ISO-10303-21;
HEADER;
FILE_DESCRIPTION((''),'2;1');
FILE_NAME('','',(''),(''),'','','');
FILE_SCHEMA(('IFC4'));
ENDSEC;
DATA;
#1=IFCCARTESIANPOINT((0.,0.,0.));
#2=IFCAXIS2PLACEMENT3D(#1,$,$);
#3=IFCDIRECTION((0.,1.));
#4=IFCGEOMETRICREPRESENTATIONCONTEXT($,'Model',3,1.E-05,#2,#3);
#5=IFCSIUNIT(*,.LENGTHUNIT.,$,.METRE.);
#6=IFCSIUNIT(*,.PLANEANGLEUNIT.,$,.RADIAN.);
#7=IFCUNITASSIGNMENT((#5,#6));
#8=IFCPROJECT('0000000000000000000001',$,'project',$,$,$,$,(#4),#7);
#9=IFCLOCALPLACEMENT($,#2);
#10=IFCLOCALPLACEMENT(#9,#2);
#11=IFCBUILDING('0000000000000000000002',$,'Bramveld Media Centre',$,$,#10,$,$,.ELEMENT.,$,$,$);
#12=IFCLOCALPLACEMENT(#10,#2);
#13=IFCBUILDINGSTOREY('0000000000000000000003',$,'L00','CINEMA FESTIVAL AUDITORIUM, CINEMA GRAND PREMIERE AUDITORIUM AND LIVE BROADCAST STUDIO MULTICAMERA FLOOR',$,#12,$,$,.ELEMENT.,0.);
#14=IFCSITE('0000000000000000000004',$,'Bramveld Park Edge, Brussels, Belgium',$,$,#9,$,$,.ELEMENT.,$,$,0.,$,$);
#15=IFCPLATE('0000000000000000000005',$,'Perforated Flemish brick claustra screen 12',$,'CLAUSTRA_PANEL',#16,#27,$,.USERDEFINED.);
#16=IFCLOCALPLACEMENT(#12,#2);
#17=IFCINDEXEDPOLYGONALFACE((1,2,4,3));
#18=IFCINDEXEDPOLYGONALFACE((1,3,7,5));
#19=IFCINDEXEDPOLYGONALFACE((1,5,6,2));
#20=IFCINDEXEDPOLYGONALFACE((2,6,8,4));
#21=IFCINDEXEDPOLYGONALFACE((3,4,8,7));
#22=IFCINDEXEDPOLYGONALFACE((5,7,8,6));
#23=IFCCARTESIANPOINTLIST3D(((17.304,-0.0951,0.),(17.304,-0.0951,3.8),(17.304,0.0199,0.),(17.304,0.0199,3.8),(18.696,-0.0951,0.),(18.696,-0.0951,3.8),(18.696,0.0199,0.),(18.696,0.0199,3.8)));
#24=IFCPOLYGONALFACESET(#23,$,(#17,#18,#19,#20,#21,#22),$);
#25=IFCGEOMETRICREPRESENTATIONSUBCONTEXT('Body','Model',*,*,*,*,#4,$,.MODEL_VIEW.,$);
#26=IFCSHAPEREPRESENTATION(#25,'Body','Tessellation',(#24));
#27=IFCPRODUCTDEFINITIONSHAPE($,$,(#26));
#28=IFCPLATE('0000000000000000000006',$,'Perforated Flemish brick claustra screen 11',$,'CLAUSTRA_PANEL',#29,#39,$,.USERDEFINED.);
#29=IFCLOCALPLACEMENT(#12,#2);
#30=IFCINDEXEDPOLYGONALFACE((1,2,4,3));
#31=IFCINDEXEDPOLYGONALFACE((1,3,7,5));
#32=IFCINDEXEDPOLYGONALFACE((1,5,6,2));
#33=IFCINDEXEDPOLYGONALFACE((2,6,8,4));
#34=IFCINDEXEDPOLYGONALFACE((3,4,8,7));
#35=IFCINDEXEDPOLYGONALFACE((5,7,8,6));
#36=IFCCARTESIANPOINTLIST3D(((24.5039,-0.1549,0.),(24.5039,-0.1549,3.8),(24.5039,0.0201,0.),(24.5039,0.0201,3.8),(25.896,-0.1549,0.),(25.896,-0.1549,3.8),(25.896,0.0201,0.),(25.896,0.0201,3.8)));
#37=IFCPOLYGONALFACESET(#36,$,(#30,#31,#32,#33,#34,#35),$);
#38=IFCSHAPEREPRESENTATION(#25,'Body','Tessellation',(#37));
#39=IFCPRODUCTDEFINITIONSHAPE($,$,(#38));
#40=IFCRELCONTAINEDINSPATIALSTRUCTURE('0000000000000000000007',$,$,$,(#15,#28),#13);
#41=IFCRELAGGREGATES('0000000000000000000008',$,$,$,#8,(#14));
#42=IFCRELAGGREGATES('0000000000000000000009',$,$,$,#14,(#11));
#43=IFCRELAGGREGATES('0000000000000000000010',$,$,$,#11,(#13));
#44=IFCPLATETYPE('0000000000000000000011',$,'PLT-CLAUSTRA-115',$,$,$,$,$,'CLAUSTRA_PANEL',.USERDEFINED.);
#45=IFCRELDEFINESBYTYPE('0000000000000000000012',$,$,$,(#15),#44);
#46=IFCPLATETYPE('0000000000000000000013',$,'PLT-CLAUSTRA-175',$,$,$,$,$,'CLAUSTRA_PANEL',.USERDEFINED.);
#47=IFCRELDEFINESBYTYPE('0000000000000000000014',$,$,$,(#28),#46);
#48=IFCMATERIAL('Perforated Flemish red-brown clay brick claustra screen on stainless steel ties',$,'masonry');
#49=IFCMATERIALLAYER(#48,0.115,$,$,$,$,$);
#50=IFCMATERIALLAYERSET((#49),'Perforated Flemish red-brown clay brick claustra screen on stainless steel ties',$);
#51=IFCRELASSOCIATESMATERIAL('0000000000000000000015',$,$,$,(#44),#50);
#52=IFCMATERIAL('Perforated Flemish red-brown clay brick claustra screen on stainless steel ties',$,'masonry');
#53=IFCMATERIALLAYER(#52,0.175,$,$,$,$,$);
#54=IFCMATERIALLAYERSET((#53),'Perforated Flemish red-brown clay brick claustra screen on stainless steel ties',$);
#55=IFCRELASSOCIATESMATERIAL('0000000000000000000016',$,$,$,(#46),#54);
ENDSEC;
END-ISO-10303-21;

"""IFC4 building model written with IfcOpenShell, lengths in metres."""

from ifc_helpers import new_model, si_unit, direction, frame, origin, origin_2d, place, context, subcontext, project, spatial, rectangle, extrude, material, layer, layer_set, type_object, element, save


model = new_model("IFC4")

# Units and contexts
model_context = context("Model", 3, precision=1e-05, world=origin(), true_north=direction((0.0, 1.0)))
body_context = subcontext(model_context, "Body", "Model", "MODEL_VIEW")
ifc_project = project(units=[si_unit("LENGTHUNIT", "METRE"), si_unit("PLANEANGLEUNIT", "RADIAN")], contexts=[model_context])

# Site, building, storey
site_placement = place(None, origin())
site = spatial("IfcSite", under=ifc_project, at=site_placement, Name="Bramveld Park Edge, Brussels, Belgium", CompositionType="ELEMENT", RefElevation=0.0)
building_placement = place(site_placement, origin())
building = spatial("IfcBuilding", under=site, at=building_placement, Name="Bramveld Media Centre", CompositionType="ELEMENT")
storey_placement = place(building_placement, origin())
storey = spatial("IfcBuildingStorey", under=building, at=storey_placement, Name="L00", Description="CINEMA FESTIVAL AUDITORIUM, CINEMA GRAND PREMIERE AUDITORIUM AND LIVE BROADCAST STUDIO MULTICAMERA FLOOR", CompositionType="ELEMENT", Elevation=0.0)

# Plates
ifc_material_1 = material(Name="Perforated Flemish red-brown clay brick claustra screen on stainless steel ties", Category="masonry")
ifc_layer_1 = layer(ifc_material_1, 0.115)
ifc_layer_set_1 = layer_set([ifc_layer_1], Name="Perforated Flemish red-brown clay brick claustra screen on stainless steel ties")
plate_type_1 = type_object("IfcPlateType", Name="PLT-CLAUSTRA-115", ElementType="CLAUSTRA_PANEL", PredefinedType="USERDEFINED", material=ifc_layer_set_1)
plate_1_placement = place(storey_placement, frame((18.0, -0.0376, 0.0), z_axis=(0.0, 0.0, 1.0), x_axis=(1.0, 0.0, 0.0)))
element("IfcPlate", 1, at=plate_1_placement, inside=storey, type_object=plate_type_1, Name="Perforated Flemish brick claustra screen 12", ObjectType="CLAUSTRA_PANEL", PredefinedType="USERDEFINED", context=body_context, shape_type="SweptSolid", body=[
    extrude(rectangle(XDim=1.3921, YDim=0.115, at=origin_2d()), origin(), (0.0, 0.0, 1.0), 3.8),
])
ifc_material_2 = material(Name="Perforated Flemish red-brown clay brick claustra screen on stainless steel ties", Category="masonry")
ifc_layer_2 = layer(ifc_material_2, 0.175)
ifc_layer_set_2 = layer_set([ifc_layer_2], Name="Perforated Flemish red-brown clay brick claustra screen on stainless steel ties")
plate_type_2 = type_object("IfcPlateType", Name="PLT-CLAUSTRA-175", ElementType="CLAUSTRA_PANEL", PredefinedType="USERDEFINED", material=ifc_layer_set_2)
plate_2_placement = place(storey_placement, frame((25.2, -0.0674, 0.0), z_axis=(0.0, 0.0, 1.0), x_axis=(1.0, 0.0, 0.0)))
element("IfcPlate", 2, at=plate_2_placement, inside=storey, type_object=plate_type_2, Name="Perforated Flemish brick claustra screen 11", ObjectType="CLAUSTRA_PANEL", PredefinedType="USERDEFINED", context=body_context, shape_type="SweptSolid", body=[
    extrude(rectangle(XDim=1.3921, YDim=0.175, at=origin_2d()), origin(), (0.0, 0.0, 1.0), 3.8),
])

save(model, "model.ifc")
